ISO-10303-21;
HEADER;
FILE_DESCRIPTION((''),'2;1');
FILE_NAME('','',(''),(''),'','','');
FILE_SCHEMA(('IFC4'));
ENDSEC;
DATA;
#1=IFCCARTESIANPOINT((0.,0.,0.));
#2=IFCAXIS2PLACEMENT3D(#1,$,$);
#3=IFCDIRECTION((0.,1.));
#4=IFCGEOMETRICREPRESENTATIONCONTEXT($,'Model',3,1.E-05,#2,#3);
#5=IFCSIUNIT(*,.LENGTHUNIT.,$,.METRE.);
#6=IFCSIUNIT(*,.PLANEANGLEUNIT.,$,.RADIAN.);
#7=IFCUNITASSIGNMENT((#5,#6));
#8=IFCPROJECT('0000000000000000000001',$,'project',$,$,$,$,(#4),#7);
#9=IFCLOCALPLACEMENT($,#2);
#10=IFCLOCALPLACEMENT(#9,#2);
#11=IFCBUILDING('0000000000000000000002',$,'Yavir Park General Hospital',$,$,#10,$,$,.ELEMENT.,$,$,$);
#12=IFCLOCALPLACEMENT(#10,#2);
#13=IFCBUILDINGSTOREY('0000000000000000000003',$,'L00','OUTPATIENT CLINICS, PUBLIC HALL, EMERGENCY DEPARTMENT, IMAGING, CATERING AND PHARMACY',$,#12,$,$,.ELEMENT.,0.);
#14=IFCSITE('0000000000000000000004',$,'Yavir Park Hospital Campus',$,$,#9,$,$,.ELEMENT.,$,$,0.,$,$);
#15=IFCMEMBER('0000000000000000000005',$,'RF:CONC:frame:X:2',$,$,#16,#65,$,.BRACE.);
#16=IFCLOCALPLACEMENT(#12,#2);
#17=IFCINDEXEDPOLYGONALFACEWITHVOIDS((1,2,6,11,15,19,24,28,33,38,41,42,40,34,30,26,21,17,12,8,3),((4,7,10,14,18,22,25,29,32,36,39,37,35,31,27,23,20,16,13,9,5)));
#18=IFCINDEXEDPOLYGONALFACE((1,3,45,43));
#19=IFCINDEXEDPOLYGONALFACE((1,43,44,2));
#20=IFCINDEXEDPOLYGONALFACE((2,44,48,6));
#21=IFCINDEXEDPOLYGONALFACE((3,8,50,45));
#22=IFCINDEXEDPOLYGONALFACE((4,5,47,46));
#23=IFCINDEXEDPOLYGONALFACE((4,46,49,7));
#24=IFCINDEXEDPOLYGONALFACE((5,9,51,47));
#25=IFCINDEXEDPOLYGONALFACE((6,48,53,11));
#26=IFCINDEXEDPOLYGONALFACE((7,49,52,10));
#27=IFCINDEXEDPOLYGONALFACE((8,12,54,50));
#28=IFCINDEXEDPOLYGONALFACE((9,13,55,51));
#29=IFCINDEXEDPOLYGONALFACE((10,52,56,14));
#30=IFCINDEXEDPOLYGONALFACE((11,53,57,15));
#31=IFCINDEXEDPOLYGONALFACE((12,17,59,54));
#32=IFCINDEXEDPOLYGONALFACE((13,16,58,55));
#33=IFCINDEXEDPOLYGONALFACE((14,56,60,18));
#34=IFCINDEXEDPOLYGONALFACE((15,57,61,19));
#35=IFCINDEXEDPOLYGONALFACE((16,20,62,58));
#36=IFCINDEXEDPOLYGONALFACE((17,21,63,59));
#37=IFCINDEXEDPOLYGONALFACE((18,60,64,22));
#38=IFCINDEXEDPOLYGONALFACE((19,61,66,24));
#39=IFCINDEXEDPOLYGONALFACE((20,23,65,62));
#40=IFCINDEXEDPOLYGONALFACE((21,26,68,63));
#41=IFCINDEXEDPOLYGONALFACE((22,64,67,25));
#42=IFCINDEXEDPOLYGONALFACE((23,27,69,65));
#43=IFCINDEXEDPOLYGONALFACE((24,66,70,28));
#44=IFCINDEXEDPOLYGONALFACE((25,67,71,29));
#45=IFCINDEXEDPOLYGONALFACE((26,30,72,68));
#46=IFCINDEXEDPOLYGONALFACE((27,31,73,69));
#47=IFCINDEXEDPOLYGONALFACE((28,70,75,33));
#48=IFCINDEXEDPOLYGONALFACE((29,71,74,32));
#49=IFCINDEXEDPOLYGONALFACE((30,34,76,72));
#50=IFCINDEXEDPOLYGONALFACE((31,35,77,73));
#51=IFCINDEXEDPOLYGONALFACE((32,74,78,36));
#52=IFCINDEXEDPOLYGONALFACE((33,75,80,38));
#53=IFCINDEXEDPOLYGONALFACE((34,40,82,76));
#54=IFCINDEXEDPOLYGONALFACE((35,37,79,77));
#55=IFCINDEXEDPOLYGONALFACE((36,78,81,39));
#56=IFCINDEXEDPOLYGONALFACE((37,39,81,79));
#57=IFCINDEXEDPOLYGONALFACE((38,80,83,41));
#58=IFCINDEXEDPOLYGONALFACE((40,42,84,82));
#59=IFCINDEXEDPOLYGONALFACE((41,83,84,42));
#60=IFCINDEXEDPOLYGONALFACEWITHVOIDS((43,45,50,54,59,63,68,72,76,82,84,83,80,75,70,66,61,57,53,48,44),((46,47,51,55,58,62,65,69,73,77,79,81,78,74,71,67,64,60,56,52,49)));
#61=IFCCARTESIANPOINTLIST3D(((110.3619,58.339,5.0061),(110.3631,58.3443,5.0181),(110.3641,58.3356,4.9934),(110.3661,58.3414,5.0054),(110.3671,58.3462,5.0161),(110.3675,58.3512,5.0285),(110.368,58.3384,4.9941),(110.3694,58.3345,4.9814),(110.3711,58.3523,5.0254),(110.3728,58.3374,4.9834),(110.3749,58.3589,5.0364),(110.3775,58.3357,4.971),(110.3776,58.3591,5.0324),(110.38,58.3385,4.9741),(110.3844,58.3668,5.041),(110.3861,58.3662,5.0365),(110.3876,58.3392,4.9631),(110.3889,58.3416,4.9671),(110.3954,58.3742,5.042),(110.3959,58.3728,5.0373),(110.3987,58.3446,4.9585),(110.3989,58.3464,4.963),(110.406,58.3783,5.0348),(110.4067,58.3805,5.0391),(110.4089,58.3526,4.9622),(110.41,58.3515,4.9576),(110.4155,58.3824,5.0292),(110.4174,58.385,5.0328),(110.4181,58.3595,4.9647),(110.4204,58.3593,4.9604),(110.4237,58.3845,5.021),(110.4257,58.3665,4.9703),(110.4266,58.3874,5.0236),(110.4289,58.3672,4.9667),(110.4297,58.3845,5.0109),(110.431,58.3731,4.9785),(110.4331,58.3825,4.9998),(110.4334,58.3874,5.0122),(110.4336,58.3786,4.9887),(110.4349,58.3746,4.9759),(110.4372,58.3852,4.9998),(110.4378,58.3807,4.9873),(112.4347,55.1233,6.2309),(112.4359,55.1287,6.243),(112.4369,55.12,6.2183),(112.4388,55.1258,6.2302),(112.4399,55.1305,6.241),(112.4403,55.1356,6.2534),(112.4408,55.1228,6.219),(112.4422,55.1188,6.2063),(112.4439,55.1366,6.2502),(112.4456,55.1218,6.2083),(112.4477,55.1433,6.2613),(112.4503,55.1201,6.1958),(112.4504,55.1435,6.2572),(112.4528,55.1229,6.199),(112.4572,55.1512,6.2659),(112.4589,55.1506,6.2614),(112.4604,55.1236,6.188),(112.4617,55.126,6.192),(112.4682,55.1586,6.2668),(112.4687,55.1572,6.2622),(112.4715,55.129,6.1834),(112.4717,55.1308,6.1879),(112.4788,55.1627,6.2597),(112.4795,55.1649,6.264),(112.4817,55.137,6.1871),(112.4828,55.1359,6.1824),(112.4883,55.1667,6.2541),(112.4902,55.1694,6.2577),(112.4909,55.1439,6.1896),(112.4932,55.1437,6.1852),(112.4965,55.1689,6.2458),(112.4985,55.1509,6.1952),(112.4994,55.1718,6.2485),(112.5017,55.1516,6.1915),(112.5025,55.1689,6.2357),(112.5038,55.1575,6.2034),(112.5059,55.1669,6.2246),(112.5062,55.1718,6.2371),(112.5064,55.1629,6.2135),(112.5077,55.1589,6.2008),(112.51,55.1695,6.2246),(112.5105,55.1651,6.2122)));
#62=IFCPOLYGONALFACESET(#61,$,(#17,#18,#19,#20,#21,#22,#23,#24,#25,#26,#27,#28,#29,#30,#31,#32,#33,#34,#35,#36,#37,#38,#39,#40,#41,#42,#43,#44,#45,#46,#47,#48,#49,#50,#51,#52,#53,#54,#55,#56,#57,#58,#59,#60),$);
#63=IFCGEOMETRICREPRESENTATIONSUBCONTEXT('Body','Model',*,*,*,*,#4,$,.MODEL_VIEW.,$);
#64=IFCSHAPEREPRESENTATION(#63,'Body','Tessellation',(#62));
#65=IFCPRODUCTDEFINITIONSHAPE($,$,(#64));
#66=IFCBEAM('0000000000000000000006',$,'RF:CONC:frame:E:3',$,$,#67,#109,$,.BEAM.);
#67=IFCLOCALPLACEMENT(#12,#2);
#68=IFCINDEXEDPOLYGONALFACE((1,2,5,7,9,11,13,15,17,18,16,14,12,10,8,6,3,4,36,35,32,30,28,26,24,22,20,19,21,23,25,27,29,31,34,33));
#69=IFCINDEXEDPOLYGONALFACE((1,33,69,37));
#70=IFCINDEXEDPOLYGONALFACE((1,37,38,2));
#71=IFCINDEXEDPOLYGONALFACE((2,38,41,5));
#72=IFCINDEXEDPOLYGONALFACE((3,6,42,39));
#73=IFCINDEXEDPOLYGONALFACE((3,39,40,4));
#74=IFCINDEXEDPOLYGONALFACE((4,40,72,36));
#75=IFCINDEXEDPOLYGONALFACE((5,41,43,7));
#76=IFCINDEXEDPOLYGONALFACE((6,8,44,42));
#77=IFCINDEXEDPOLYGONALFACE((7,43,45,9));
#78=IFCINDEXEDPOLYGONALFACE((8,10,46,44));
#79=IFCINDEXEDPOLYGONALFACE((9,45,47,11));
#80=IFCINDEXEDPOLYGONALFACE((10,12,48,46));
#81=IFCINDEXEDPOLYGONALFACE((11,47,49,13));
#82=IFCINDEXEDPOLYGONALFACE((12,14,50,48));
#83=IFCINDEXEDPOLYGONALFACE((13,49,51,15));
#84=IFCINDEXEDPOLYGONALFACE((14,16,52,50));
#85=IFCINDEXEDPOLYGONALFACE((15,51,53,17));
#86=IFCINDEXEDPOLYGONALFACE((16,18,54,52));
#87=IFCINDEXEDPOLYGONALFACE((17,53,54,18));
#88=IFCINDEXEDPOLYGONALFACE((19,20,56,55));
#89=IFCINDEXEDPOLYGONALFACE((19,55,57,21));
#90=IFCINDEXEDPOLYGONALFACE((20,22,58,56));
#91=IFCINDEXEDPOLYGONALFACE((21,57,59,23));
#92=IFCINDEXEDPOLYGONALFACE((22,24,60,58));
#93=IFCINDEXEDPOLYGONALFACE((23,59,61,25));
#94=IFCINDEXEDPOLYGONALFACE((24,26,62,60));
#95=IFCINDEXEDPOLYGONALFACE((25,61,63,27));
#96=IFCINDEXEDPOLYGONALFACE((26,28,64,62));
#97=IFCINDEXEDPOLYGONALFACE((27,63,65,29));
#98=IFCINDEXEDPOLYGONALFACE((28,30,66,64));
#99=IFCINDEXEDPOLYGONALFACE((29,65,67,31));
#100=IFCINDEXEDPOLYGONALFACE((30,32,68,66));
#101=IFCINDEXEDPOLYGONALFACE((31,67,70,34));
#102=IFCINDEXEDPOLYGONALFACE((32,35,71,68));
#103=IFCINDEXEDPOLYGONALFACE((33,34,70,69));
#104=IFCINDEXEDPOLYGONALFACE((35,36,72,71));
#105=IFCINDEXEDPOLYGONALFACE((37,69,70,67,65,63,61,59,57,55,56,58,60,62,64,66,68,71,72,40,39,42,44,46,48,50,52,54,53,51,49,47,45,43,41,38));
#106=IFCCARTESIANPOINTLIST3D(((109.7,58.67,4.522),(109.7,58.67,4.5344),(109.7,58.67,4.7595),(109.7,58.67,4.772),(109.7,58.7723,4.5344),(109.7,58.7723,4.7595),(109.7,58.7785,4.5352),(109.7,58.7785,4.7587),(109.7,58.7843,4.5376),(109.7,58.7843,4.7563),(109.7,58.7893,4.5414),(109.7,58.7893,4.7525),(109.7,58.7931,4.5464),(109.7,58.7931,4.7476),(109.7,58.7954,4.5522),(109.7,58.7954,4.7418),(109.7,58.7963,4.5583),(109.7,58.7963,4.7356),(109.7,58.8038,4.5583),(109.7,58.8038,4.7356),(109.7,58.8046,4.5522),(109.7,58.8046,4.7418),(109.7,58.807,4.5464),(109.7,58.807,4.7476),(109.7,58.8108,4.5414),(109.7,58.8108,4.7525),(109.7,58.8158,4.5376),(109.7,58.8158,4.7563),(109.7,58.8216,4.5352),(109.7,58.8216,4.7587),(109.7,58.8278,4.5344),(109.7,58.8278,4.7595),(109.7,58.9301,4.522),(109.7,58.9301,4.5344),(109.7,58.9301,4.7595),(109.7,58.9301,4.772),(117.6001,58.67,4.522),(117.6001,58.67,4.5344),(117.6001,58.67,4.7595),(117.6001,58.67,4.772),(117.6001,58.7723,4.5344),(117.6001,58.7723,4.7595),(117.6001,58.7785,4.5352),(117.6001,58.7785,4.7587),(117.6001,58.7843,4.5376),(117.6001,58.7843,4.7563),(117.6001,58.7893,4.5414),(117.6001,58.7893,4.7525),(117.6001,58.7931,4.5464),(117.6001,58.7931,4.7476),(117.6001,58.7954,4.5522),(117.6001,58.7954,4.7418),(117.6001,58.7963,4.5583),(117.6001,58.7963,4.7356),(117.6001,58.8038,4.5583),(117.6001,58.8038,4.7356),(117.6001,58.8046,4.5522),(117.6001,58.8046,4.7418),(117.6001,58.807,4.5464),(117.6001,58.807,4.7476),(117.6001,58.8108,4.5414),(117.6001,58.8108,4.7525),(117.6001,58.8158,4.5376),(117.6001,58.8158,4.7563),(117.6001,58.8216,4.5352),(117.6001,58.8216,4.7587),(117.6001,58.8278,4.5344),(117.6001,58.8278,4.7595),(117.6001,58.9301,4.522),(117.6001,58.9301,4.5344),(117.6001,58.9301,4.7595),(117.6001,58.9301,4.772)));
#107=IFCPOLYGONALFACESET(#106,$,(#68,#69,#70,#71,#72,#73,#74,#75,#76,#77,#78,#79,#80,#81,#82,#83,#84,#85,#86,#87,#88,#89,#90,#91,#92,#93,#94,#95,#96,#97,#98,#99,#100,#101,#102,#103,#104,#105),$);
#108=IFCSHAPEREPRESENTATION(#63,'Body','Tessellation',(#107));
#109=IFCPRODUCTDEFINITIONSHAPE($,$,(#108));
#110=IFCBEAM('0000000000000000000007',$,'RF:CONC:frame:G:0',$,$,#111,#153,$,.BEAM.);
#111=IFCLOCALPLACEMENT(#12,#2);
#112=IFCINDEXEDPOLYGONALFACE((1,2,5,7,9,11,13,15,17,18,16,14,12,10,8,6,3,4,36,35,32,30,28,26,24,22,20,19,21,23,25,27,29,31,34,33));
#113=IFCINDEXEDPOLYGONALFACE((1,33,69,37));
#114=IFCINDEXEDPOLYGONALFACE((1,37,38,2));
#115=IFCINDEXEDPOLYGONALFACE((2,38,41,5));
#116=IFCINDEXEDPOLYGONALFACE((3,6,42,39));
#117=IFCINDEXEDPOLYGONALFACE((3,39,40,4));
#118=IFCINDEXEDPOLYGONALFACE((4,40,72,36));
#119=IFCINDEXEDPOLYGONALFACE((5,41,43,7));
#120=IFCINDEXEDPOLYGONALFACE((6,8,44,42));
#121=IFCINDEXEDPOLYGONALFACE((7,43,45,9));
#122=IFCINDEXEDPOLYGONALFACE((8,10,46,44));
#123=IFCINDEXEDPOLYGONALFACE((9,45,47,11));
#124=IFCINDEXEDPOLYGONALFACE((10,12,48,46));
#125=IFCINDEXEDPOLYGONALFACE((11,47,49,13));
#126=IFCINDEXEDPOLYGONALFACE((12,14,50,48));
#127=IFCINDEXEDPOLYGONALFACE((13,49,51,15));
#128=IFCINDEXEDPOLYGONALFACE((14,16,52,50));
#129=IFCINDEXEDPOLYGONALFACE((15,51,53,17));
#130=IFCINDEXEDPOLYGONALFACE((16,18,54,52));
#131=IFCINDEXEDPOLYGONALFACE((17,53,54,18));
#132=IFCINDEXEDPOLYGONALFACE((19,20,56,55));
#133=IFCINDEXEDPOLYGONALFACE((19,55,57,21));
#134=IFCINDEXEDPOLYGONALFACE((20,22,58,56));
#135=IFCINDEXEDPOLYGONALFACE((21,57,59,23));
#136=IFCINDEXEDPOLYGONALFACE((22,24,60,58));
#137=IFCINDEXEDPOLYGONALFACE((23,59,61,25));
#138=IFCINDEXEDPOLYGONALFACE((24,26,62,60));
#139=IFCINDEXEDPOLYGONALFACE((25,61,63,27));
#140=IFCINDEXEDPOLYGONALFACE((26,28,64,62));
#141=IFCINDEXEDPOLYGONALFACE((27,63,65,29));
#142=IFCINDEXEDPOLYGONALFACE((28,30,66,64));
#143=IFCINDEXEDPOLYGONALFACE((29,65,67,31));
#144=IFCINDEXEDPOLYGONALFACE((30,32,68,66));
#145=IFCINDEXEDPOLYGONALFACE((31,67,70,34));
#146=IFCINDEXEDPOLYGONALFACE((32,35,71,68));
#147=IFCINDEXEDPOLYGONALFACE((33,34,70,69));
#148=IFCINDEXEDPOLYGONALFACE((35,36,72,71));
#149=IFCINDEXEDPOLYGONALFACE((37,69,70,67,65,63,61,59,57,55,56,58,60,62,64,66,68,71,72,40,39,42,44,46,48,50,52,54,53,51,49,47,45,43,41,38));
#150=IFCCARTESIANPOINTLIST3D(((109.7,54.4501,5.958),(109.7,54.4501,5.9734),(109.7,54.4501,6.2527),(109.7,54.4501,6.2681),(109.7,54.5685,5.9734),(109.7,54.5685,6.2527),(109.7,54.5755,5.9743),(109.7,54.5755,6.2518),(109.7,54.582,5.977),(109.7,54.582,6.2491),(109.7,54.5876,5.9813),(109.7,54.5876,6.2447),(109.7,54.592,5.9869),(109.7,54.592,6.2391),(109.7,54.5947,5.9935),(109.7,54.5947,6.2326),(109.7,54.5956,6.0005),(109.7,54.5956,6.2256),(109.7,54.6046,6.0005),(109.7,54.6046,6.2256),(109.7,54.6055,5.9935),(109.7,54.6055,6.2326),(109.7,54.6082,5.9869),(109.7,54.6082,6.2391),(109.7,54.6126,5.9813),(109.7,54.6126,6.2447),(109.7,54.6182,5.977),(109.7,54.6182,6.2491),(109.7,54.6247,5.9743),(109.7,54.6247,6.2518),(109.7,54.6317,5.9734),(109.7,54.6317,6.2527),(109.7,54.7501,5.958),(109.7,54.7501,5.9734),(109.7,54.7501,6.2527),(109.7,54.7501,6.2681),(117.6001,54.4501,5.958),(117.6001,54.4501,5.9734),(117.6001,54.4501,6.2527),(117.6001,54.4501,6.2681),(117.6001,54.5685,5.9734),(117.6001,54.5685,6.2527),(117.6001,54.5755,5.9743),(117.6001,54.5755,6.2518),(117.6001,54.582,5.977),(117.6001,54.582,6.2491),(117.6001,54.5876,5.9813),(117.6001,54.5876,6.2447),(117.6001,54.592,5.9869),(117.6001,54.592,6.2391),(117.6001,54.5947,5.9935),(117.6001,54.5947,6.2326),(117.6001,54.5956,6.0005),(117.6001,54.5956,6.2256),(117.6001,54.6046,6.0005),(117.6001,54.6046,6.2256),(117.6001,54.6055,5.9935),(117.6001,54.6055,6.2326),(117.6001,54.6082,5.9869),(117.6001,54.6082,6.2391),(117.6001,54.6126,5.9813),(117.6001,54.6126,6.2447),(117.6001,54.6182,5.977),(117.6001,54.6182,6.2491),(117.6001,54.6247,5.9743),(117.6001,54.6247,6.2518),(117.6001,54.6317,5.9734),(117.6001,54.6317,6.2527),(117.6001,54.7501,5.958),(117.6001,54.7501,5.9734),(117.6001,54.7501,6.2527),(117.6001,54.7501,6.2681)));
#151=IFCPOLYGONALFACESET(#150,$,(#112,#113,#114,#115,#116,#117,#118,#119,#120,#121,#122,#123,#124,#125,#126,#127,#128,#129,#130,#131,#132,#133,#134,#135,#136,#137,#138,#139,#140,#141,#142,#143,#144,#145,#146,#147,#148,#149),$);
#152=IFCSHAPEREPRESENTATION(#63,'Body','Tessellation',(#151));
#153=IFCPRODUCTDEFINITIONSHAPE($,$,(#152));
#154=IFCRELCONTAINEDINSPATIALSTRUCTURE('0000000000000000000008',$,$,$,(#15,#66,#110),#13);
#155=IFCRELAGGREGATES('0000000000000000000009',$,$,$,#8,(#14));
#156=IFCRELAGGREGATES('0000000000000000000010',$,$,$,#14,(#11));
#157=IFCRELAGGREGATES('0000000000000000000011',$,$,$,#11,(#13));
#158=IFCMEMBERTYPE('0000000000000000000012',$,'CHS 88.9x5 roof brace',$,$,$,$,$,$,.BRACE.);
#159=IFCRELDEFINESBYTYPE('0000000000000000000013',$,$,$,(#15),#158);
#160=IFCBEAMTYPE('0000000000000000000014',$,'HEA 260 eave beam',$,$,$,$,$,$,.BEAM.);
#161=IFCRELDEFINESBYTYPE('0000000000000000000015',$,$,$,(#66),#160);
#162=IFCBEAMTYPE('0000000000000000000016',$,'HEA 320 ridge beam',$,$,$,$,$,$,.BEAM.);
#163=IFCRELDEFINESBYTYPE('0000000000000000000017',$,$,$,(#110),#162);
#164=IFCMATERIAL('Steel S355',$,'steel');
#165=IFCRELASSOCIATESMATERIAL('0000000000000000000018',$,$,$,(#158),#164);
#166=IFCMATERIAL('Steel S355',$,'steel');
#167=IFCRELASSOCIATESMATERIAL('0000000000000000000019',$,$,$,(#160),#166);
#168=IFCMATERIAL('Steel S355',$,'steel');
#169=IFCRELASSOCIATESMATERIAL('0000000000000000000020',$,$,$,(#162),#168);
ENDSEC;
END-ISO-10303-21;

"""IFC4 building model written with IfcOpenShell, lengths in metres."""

from ifc_helpers import new_model, si_unit, direction, frame, origin, origin_2d, place, context, subcontext, project, spatial, hollow_circle, i_section, extrude, material, material_profile, profile_set, type_object, element, save


model = new_model("IFC4")

# Units and contexts
model_context = context("Model", 3, precision=1e-05, world=origin(), true_north=direction((0.0, 1.0)))
body_context = subcontext(model_context, "Body", "Model", "MODEL_VIEW")
ifc_project = project(units=[si_unit("LENGTHUNIT", "METRE"), si_unit("PLANEANGLEUNIT", "RADIAN")], contexts=[model_context])

# Site, building, storey
site_placement = place(None, origin())
site = spatial("IfcSite", under=ifc_project, at=site_placement, Name="Yavir Park Hospital Campus", CompositionType="ELEMENT", RefElevation=0.0)
building_placement = place(site_placement, origin())
building = spatial("IfcBuilding", under=site, at=building_placement, Name="Yavir Park General Hospital", CompositionType="ELEMENT")
storey_placement = place(building_placement, origin())
storey = spatial("IfcBuildingStorey", under=building, at=storey_placement, Name="L00", Description="OUTPATIENT CLINICS, PUBLIC HALL, EMERGENCY DEPARTMENT, IMAGING, CATERING AND PHARMACY", CompositionType="ELEMENT", Elevation=0.0)

# Member
ifc_material_1 = material(Name="Steel S355", Category="steel")
ifc_material_profile_1 = material_profile(ifc_material_1, hollow_circle(Radius=0.0444, WallThickness=0.0049, at=origin_2d()), Name="CHS88.9x5")
ifc_profile_set_1 = profile_set([ifc_material_profile_1], Name="Steel S355")
member_type_1 = type_object("IfcMemberType", Name="CHS 88.9x5 roof brace", PredefinedType="BRACE", material=ifc_profile_set_1)
member_1_placement = place(storey_placement, frame((110.3999, 58.3611, 4.9998), z_axis=(0.515992, -0.800487, 0.304915), x_axis=(0.840512, 0.541793, 0.0)))
element("IfcMember", 1, at=member_1_placement, inside=storey, type_object=member_type_1, Name="RF:CONC:frame:X:2", PredefinedType="BRACE", context=body_context, shape_type="SweptSolid", body=[
    extrude(hollow_circle(Radius=0.0444, WallThickness=0.0049, at=origin_2d()), origin(), (0.0, 0.0, 1.0), 4.0171),
])

# Beams
ifc_material_2 = material(Name="Steel S355", Category="steel")
ifc_material_profile_2 = material_profile(ifc_material_2, i_section(OverallWidth=0.26, OverallDepth=0.25, WebThickness=0.0076, FlangeThickness=0.0125, FilletRadius=0.0239, at=origin_2d()), Name="HEA260")
ifc_profile_set_2 = profile_set([ifc_material_profile_2], Name="Steel S355")
beam_type_1 = type_object("IfcBeamType", Name="HEA 260 eave beam", PredefinedType="BEAM", material=ifc_profile_set_2)
beam_1_placement = place(storey_placement, frame((109.7, 58.8, 4.647), z_axis=(1.0, 0.0, 0.0), x_axis=(0.0, 1.0, 0.0)))
element("IfcBeam", 2, at=beam_1_placement, inside=storey, type_object=beam_type_1, Name="RF:CONC:frame:E:3", PredefinedType="BEAM", context=body_context, shape_type="SweptSolid", body=[
    extrude(i_section(OverallWidth=0.26, OverallDepth=0.25, WebThickness=0.0076, FlangeThickness=0.0125, FilletRadius=0.0239, at=origin_2d()), origin(), (0.0, 0.0, 1.0), 7.9001),
])
ifc_material_3 = material(Name="Steel S355", Category="steel")
ifc_material_profile_3 = material_profile(ifc_material_3, i_section(OverallWidth=0.3, OverallDepth=0.3101, WebThickness=0.009, FlangeThickness=0.0154, FilletRadius=0.0271, at=origin_2d()), Name="HEA320")
ifc_profile_set_3 = profile_set([ifc_material_profile_3], Name="Steel S355")
beam_type_2 = type_object("IfcBeamType", Name="HEA 320 ridge beam", PredefinedType="BEAM", material=ifc_profile_set_3)
beam_2_placement = place(storey_placement, frame((109.7, 54.6001, 6.113), z_axis=(1.0, 0.0, 0.0), x_axis=(0.0, 1.0, 0.0)))
element("IfcBeam", 3, at=beam_2_placement, inside=storey, type_object=beam_type_2, Name="RF:CONC:frame:G:0", PredefinedType="BEAM", context=body_context, shape_type="SweptSolid", body=[
    extrude(i_section(OverallWidth=0.3, OverallDepth=0.3101, WebThickness=0.009, FlangeThickness=0.0154, FilletRadius=0.0271, at=origin_2d()), origin(), (0.0, 0.0, 1.0), 7.9001),
])

save(model, "model.ifc")
